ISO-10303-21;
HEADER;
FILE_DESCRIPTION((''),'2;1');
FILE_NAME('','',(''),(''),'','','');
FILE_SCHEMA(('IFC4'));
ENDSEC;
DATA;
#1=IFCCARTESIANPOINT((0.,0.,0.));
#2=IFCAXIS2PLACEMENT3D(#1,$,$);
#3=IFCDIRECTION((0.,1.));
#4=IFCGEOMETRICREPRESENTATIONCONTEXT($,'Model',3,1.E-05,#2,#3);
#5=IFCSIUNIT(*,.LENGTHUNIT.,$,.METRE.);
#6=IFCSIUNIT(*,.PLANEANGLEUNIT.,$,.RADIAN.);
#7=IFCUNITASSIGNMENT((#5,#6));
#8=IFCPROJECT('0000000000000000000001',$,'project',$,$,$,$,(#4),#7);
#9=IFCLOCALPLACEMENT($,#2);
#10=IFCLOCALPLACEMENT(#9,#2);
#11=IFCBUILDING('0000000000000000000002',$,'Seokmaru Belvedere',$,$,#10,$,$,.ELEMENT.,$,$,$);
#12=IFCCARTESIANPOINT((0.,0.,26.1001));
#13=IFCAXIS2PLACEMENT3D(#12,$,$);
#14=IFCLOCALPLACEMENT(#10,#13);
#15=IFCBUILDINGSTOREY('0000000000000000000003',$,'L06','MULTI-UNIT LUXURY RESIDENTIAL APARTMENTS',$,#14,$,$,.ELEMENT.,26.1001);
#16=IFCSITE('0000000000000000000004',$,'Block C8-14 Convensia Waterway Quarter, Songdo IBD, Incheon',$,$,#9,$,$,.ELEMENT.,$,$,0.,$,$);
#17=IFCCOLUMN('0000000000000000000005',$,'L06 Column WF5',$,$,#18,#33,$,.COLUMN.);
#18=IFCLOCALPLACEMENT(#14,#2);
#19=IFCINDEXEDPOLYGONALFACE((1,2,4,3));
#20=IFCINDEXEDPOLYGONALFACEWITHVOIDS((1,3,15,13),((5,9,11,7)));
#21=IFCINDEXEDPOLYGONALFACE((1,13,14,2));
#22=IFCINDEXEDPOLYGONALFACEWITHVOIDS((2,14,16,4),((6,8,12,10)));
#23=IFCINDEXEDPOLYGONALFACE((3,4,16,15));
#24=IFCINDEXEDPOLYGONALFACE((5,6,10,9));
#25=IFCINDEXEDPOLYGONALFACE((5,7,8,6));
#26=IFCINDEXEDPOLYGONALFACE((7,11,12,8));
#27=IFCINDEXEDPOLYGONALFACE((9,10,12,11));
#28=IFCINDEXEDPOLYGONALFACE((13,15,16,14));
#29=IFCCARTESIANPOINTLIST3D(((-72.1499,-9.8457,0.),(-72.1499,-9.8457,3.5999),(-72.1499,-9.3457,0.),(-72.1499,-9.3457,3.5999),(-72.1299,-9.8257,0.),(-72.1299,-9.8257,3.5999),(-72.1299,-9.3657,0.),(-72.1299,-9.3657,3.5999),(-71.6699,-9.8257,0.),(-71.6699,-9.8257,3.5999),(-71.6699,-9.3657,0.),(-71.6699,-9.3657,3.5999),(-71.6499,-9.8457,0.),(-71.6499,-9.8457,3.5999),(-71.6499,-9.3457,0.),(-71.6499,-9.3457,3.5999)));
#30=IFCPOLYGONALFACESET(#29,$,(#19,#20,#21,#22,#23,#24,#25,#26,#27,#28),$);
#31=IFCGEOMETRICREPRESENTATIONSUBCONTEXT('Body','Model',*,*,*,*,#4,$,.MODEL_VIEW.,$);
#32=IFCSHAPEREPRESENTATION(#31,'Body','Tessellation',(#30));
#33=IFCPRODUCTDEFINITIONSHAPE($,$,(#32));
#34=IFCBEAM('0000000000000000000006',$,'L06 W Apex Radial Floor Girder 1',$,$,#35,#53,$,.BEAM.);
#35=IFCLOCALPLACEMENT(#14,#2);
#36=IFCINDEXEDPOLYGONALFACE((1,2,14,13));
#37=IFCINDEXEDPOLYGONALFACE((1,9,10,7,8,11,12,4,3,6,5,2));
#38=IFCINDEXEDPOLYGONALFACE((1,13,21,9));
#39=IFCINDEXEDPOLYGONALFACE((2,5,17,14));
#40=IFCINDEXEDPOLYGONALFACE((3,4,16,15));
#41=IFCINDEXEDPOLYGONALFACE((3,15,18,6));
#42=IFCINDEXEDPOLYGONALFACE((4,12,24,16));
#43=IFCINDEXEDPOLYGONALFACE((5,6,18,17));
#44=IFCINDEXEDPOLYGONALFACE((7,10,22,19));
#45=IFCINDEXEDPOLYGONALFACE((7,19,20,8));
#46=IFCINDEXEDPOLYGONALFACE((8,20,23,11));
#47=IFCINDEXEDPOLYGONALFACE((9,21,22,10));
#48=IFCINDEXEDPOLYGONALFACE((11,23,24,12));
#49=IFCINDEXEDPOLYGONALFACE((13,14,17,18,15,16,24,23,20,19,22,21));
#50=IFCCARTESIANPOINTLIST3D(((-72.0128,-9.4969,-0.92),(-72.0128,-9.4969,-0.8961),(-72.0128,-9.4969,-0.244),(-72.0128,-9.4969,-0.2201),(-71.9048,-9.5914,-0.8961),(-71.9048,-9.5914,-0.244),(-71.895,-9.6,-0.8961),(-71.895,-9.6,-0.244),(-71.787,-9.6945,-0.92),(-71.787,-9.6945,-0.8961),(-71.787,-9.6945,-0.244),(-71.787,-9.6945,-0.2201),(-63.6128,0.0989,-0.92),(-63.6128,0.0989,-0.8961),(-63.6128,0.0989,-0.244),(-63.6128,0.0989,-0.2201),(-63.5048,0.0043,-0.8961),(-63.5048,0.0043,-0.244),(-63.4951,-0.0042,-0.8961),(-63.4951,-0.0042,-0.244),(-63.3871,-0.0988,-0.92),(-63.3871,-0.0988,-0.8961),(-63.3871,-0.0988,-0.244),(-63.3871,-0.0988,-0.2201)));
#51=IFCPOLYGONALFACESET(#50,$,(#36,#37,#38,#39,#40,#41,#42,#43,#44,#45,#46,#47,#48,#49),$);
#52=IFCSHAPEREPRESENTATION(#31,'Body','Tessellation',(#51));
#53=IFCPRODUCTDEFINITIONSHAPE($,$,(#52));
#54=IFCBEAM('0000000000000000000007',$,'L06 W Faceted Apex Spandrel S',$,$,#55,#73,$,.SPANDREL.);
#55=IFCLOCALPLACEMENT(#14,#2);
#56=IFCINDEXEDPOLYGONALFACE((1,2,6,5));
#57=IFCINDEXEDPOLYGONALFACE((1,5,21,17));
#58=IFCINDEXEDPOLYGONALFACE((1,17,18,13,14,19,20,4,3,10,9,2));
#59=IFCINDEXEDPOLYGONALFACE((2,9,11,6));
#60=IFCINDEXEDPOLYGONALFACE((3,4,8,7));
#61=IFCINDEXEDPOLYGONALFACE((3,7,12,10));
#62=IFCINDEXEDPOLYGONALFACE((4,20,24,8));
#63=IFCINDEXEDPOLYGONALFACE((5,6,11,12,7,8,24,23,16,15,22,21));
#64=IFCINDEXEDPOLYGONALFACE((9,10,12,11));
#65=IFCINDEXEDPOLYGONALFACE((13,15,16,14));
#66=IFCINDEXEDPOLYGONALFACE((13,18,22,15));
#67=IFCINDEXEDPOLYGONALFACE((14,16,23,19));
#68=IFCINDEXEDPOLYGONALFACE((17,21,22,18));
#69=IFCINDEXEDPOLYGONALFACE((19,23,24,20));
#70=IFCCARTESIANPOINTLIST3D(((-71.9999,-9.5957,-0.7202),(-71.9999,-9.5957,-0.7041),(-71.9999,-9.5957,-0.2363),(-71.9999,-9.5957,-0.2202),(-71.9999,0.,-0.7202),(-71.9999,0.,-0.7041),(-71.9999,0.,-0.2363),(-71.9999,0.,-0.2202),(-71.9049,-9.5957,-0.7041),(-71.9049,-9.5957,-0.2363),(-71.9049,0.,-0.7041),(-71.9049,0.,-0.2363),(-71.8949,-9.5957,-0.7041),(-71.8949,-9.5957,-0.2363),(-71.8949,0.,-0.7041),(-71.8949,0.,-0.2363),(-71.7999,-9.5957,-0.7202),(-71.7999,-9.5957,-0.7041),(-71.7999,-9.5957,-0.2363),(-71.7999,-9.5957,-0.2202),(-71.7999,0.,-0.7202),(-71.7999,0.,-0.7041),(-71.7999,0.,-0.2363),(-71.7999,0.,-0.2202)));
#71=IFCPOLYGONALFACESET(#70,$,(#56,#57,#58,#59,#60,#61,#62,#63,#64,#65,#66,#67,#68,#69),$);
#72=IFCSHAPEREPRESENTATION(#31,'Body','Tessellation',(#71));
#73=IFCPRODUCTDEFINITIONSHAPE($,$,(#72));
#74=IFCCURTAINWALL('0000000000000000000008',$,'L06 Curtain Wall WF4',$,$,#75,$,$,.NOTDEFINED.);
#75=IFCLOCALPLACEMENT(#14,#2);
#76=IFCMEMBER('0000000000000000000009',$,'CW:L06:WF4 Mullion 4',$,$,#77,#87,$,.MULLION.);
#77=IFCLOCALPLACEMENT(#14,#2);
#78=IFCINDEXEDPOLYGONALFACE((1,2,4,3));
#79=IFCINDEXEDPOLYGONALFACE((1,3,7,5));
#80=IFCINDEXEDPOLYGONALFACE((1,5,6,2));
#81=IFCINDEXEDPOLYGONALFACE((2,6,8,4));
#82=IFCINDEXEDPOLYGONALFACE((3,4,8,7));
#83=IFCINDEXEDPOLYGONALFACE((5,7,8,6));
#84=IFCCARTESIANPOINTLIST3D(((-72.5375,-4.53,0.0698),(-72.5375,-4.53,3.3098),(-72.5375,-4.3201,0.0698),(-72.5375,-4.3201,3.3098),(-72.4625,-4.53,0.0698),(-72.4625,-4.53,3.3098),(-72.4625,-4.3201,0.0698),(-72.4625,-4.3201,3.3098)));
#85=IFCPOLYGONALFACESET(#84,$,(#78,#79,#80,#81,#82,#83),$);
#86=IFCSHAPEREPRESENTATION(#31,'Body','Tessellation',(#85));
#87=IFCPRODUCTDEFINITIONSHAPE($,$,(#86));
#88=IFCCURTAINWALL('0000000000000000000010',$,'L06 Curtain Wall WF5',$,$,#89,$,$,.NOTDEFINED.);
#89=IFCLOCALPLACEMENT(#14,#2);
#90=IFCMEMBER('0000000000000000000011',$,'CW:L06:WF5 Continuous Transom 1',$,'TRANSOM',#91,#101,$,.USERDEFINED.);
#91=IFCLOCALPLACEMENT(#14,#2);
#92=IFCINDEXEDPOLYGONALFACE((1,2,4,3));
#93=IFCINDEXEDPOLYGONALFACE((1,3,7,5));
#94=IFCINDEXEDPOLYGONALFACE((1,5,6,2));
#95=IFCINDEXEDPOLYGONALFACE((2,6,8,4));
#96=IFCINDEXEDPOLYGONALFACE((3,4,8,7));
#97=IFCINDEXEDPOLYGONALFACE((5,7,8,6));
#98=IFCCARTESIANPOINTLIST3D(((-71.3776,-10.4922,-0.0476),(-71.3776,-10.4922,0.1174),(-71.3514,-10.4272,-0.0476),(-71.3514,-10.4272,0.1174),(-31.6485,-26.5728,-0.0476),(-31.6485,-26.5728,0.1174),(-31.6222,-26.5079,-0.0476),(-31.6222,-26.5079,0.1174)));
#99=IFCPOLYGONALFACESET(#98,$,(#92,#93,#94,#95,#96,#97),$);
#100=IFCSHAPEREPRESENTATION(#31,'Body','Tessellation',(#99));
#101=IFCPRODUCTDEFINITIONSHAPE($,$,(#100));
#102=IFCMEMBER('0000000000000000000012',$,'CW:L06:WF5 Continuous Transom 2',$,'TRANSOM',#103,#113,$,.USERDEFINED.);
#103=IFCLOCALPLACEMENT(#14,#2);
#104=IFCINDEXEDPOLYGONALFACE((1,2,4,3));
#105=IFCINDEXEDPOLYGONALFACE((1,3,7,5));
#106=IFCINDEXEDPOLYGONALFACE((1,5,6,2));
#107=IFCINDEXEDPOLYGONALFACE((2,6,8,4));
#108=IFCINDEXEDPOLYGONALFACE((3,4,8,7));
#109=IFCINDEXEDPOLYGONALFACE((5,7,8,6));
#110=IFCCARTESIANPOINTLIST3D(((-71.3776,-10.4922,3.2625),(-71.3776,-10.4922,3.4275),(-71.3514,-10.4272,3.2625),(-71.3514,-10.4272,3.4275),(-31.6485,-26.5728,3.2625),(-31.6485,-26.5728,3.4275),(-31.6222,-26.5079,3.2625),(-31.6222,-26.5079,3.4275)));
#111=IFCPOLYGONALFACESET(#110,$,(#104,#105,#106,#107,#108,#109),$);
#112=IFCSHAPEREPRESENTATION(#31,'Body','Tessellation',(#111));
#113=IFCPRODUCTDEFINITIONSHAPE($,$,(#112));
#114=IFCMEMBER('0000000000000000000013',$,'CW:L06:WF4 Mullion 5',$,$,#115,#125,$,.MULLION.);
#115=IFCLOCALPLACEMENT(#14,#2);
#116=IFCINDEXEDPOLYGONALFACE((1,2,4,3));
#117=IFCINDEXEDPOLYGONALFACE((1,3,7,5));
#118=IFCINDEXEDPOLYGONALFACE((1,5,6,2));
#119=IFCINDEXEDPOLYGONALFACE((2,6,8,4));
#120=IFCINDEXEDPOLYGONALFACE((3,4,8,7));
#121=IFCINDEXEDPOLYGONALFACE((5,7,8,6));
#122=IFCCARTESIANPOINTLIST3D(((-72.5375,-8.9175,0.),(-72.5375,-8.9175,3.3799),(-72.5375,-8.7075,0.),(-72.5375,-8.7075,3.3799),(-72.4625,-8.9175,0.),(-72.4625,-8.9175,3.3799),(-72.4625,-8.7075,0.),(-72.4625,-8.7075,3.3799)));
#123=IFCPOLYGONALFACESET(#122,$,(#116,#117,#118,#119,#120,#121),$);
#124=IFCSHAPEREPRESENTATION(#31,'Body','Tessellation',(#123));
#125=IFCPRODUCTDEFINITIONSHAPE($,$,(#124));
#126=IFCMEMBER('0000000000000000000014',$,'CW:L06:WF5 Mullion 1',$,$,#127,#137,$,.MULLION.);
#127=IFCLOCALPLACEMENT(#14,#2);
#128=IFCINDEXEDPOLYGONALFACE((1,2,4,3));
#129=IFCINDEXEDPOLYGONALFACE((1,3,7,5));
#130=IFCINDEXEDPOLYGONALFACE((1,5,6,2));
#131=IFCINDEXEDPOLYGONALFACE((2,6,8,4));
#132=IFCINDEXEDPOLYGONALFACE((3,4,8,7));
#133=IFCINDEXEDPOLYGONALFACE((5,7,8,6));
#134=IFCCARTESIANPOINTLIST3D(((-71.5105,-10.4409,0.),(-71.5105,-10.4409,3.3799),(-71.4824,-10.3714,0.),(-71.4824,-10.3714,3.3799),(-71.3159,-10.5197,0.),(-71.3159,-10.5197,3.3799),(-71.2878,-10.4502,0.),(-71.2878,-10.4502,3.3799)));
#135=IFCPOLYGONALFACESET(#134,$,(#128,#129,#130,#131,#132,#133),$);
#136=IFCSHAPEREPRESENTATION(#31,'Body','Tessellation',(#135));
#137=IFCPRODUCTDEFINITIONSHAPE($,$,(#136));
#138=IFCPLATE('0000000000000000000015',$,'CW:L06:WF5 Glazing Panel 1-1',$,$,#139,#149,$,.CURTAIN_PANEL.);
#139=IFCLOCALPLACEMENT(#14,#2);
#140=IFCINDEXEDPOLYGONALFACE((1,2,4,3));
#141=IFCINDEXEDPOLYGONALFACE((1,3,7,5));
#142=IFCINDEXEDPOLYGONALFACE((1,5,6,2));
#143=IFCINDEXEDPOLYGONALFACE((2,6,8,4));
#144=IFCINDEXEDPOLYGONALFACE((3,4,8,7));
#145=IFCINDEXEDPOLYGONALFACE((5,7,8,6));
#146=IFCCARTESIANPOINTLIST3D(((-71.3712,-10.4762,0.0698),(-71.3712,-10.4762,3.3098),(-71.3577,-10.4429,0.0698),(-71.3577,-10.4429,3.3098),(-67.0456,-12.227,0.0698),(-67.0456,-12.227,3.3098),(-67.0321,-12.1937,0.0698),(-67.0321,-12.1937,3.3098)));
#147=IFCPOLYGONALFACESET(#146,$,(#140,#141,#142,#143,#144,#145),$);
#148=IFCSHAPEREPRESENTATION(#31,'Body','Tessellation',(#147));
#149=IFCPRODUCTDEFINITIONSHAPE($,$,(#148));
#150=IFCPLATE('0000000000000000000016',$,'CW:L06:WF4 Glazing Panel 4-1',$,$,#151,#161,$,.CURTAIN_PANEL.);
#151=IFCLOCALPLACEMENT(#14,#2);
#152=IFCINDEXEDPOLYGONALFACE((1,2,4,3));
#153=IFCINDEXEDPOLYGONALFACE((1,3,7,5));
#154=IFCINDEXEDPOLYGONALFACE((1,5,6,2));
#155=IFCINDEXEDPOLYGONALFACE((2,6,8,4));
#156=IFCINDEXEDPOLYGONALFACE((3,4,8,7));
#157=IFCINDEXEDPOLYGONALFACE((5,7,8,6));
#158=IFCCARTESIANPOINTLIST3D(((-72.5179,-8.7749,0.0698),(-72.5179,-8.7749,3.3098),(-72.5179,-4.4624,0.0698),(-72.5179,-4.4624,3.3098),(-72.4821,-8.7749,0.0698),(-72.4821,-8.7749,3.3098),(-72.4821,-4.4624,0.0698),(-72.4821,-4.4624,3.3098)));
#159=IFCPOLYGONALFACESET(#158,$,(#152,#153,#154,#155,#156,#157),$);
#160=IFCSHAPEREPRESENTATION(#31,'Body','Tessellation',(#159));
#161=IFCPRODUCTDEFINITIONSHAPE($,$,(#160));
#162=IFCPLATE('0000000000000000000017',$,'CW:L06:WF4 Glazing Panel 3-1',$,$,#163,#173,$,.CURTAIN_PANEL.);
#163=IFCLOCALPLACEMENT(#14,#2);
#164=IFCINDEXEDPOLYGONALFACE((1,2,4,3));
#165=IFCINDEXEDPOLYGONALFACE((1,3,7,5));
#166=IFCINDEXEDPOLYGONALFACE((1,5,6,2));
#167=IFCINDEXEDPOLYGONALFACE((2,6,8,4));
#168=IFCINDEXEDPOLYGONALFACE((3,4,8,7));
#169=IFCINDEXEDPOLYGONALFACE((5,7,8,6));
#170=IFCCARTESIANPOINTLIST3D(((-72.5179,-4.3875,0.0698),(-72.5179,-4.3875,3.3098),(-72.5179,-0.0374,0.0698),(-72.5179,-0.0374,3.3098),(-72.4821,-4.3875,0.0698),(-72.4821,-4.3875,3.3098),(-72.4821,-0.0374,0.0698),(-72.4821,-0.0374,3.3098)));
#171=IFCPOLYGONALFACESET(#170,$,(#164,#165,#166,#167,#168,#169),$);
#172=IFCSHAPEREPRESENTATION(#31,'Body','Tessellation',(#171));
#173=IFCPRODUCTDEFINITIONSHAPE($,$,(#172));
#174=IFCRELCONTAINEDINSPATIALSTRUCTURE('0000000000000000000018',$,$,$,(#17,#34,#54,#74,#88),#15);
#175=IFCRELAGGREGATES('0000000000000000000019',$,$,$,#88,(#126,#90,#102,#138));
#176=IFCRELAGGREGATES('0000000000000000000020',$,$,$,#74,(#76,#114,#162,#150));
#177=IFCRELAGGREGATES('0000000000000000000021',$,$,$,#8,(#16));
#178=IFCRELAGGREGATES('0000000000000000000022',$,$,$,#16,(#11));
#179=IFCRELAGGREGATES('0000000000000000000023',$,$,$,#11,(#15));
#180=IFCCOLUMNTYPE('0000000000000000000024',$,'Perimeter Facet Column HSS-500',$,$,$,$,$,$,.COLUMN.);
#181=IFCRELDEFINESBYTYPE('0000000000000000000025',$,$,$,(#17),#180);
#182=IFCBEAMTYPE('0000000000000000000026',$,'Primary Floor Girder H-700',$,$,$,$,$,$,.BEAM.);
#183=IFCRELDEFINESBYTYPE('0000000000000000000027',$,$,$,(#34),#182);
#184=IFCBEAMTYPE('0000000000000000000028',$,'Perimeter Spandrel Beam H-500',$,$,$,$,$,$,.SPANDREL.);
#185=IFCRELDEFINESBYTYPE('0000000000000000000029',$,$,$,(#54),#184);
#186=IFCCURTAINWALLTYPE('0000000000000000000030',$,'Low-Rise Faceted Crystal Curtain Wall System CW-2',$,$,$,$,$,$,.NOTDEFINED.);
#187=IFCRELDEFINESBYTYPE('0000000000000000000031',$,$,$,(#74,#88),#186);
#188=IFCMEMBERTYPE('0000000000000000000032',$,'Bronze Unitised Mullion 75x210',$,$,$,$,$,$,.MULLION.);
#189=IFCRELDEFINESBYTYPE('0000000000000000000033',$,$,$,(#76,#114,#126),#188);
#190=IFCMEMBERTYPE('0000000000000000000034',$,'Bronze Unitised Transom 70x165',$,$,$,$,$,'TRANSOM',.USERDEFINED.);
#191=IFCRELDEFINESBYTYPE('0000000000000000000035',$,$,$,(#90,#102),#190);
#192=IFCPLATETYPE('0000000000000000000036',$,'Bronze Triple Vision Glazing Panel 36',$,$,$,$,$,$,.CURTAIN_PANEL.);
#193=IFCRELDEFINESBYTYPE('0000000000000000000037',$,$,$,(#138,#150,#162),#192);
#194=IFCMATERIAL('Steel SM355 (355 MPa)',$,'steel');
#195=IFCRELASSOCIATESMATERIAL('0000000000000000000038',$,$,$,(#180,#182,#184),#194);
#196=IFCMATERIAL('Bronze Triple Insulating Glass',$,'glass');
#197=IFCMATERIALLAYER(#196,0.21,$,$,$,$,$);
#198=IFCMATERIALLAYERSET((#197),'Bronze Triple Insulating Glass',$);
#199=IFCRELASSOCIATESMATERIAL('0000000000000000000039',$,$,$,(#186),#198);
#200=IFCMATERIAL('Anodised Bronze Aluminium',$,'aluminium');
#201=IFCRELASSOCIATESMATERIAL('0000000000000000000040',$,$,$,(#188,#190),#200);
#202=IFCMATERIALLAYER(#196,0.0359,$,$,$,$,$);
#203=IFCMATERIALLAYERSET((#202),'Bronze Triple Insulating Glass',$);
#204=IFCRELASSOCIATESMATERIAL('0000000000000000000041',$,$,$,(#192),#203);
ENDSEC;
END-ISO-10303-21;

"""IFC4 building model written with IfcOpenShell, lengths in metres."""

from ifc_helpers import new_model, si_unit, direction, frame, origin, origin_2d, place, context, subcontext, project, spatial, rectangle, hollow_rectangle, i_section, extrude, source, transform, mapped, material, layer, layer_set, material_profile, profile_set, type_object, type_shapes, element, aggregate, save


model = new_model("IFC4")

# Units and contexts
model_context = context("Model", 3, precision=1e-05, world=origin(), true_north=direction((0.0, 1.0)))
body_context = subcontext(model_context, "Body", "Model", "MODEL_VIEW")
ifc_project = project(units=[si_unit("LENGTHUNIT", "METRE"), si_unit("PLANEANGLEUNIT", "RADIAN")], contexts=[model_context])

# Site, building, storey
site_placement = place(None, origin())
site = spatial("IfcSite", under=ifc_project, at=site_placement, Name="Block C8-14 Convensia Waterway Quarter, Songdo IBD, Incheon", CompositionType="ELEMENT", RefElevation=0.0)
building_placement = place(site_placement, origin())
building = spatial("IfcBuilding", under=site, at=building_placement, Name="Seokmaru Belvedere", CompositionType="ELEMENT")
storey_placement = place(building_placement, frame((0.0, 0.0, 26.1001)))
storey = spatial("IfcBuildingStorey", under=building, at=storey_placement, Name="L06", Description="MULTI-UNIT LUXURY RESIDENTIAL APARTMENTS", CompositionType="ELEMENT", Elevation=26.1001)

# Column
ifc_material_1 = material(Name="Steel SM355 (355 MPa)", Category="steel")
ifc_material_profile_1 = material_profile(ifc_material_1, hollow_rectangle(XDim=0.5, YDim=0.5, WallThickness=0.02, at=origin_2d()), Name="HSS-500x500x20")
ifc_profile_set_1 = profile_set([ifc_material_profile_1], Name="Steel SM355 (355 MPa)")
column_type = type_object("IfcColumnType", Name="Perimeter Facet Column HSS-500", PredefinedType="COLUMN", material=ifc_profile_set_1)
shared_shape_1 = source(origin(), body_context, "Body", "SweptSolid", [
    extrude(hollow_rectangle(XDim=0.5, YDim=0.5, WallThickness=0.02, at=origin_2d()), origin(), (0.0, 0.0, 1.0), 3.5999),
])
type_shapes(column_type, [shared_shape_1])
column_placement = place(storey_placement, frame((-71.8999, -9.5957, 0.0), z_axis=(0.0, 0.0, 1.0), x_axis=(1.0, 0.0, 0.0)))
element("IfcColumn", 1, at=column_placement, inside=storey, type_object=column_type, Name="L06 Column WF5", PredefinedType="COLUMN", context=body_context, shape_type="MappedRepresentation", body=[
    mapped(shared_shape_1, transform((0.0, 0.0, 0.0), scale=1.0)),
])

# Beams
ifc_material_profile_2 = material_profile(ifc_material_1, i_section(OverallWidth=0.3, OverallDepth=0.7, WebThickness=0.0129, FlangeThickness=0.0239, at=origin_2d()), Name="H-700x300x13x24")
ifc_profile_set_2 = profile_set([ifc_material_profile_2], Name="Steel SM355 (355 MPa)")
beam_type_1 = type_object("IfcBeamType", Name="Primary Floor Girder H-700", PredefinedType="BEAM", material=ifc_profile_set_2)
shared_shape_2 = source(origin(), body_context, "Body", "SweptSolid", [
    extrude(i_section(OverallWidth=0.3, OverallDepth=0.7, WebThickness=0.0129, FlangeThickness=0.0239, at=origin_2d()), origin(), (0.0, 0.0, 1.0), 12.7529),
])
type_shapes(beam_type_1, [shared_shape_2])
beam_1_placement = place(storey_placement, frame((-71.8999, -9.5957, -0.5701), z_axis=(0.658667, 0.752434, 0.0), x_axis=(-0.752434, 0.658667, 0.0)))
element("IfcBeam", 2, at=beam_1_placement, inside=storey, type_object=beam_type_1, Name="L06 W Apex Radial Floor Girder 1", PredefinedType="BEAM", context=body_context, shape_type="MappedRepresentation", body=[
    mapped(shared_shape_2, transform((0.0, 0.0, 0.0), scale=1.0)),
])
ifc_material_profile_3 = material_profile(ifc_material_1, i_section(OverallWidth=0.2, OverallDepth=0.5, WebThickness=0.01, FlangeThickness=0.0161, at=origin_2d()), Name="H-500x200x10x16")
ifc_profile_set_3 = profile_set([ifc_material_profile_3], Name="Steel SM355 (355 MPa)")
beam_type_2 = type_object("IfcBeamType", Name="Perimeter Spandrel Beam H-500", PredefinedType="SPANDREL", material=ifc_profile_set_3)
shared_shape_3 = source(origin(), body_context, "Body", "SweptSolid", [
    extrude(i_section(OverallWidth=0.2, OverallDepth=0.5, WebThickness=0.01, FlangeThickness=0.0161, at=origin_2d()), origin(), (0.0, 0.0, 1.0), 9.5957),
])
type_shapes(beam_type_2, [shared_shape_3])
beam_2_placement = place(storey_placement, frame((-71.8999, -9.5957, -0.4702), z_axis=(0.0, 1.0, 0.0), x_axis=(-1.0, 0.0, 0.0)))
element("IfcBeam", 3, at=beam_2_placement, inside=storey, type_object=beam_type_2, Name="L06 W Faceted Apex Spandrel S", PredefinedType="SPANDREL", context=body_context, shape_type="MappedRepresentation", body=[
    mapped(shared_shape_3, transform((0.0, 0.0, 0.0), scale=1.0)),
])

# Curtain wall, member
ifc_material_2 = material(Name="Bronze Triple Insulating Glass", Category="glass")
ifc_layer_1 = layer(ifc_material_2, 0.21)
ifc_layer_set_1 = layer_set([ifc_layer_1], Name="Bronze Triple Insulating Glass")
curtain_wall_type = type_object("IfcCurtainWallType", Name="Low-Rise Faceted Crystal Curtain Wall System CW-2", PredefinedType="NOTDEFINED", material=ifc_layer_set_1)
curtain_wall_1_placement = place(storey_placement, origin())
curtain_wall_1 = element("IfcCurtainWall", 4, at=curtain_wall_1_placement, inside=storey, type_object=curtain_wall_type, Name="L06 Curtain Wall WF4", PredefinedType="NOTDEFINED")
ifc_material_3 = material(Name="Anodised Bronze Aluminium", Category="aluminium")
ifc_material_profile_4 = material_profile(ifc_material_3, rectangle(XDim=0.075, YDim=0.21, at=origin_2d()), Name="CW-M-75x210")
ifc_profile_set_4 = profile_set([ifc_material_profile_4], Name="Anodised Bronze Aluminium")
member_type_1 = type_object("IfcMemberType", Name="Bronze Unitised Mullion 75x210", PredefinedType="MULLION", material=ifc_profile_set_4)
shared_shape_4 = source(origin(), body_context, "Body", "SweptSolid", [
    extrude(rectangle(XDim=0.075, YDim=0.21, at=origin_2d()), origin(), (0.0, 0.0, 1.0), 3.24),
])
member_1_placement = place(storey_placement, frame((-72.5, -4.425, 0.0698), z_axis=(0.0, 0.0, 1.0), x_axis=(1.0, 0.0, 0.0)))
member_1 = element("IfcMember", 5, at=member_1_placement, type_object=member_type_1, Name="CW:L06:WF4 Mullion 4", PredefinedType="MULLION", context=body_context, shape_type="MappedRepresentation", body=[
    mapped(shared_shape_4, transform((0.0, 0.0, 0.0), scale=1.0)),
])

# Curtain wall, members
curtain_wall_2_placement = place(storey_placement, origin())
curtain_wall_2 = element("IfcCurtainWall", 6, at=curtain_wall_2_placement, inside=storey, type_object=curtain_wall_type, Name="L06 Curtain Wall WF5", PredefinedType="NOTDEFINED")
ifc_material_profile_5 = material_profile(ifc_material_3, rectangle(XDim=0.0701, YDim=0.165, at=origin_2d()), Name="CW-T-70x165")
ifc_profile_set_5 = profile_set([ifc_material_profile_5], Name="Anodised Bronze Aluminium")
member_type_2 = type_object("IfcMemberType", Name="Bronze Unitised Transom 70x165", ElementType="TRANSOM", PredefinedType="USERDEFINED", material=ifc_profile_set_5)
shared_shape_5 = source(origin(), body_context, "Body", "SweptSolid", [
    extrude(rectangle(XDim=0.0701, YDim=0.165, at=origin_2d()), origin(), (0.0, 0.0, 1.0), 42.8601),
])
type_shapes(member_type_2, [shared_shape_5])
member_2_placement = place(storey_placement, frame((-71.3645, -10.4597, 0.0349), z_axis=(0.926949, -0.375188, 0.0), x_axis=(0.375188, 0.926949, 0.0)))
member_2 = element("IfcMember", 7, at=member_2_placement, type_object=member_type_2, Name="CW:L06:WF5 Continuous Transom 1", ObjectType="TRANSOM", PredefinedType="USERDEFINED", context=body_context, shape_type="MappedRepresentation", body=[
    mapped(shared_shape_5, transform((0.0, 0.0, 0.0), scale=1.0)),
])
member_3_placement = place(storey_placement, frame((-71.3645, -10.4597, 3.345), z_axis=(0.926949, -0.375188, 0.0), x_axis=(0.375188, 0.926949, 0.0)))
member_3 = element("IfcMember", 8, at=member_3_placement, type_object=member_type_2, Name="CW:L06:WF5 Continuous Transom 2", ObjectType="TRANSOM", PredefinedType="USERDEFINED", context=body_context, shape_type="MappedRepresentation", body=[
    mapped(shared_shape_5, transform((0.0, 0.0, 0.0), scale=1.0)),
])

# Members
shared_shape_6 = source(origin(), body_context, "Body", "SweptSolid", [
    extrude(rectangle(XDim=0.075, YDim=0.21, at=origin_2d()), origin(), (0.0, 0.0, 1.0), 3.3799),
])
type_shapes(member_type_1, [shared_shape_4, shared_shape_6])
member_4_placement = place(storey_placement, frame((-72.5, -8.8125, 0.0), z_axis=(0.0, 0.0, 1.0), x_axis=(1.0, 0.0, 0.0)))
member_4 = element("IfcMember", 9, at=member_4_placement, type_object=member_type_1, Name="CW:L06:WF4 Mullion 5", PredefinedType="MULLION", context=body_context, shape_type="MappedRepresentation", body=[
    mapped(shared_shape_6, transform((0.0, 0.0, 0.0), scale=1.0)),
])
member_5_placement = place(storey_placement, frame((-71.3992, -10.4456, 0.0), z_axis=(0.0, 0.0, 1.0), x_axis=(0.375192, 0.926947, 0.0)))
member_5 = element("IfcMember", 10, at=member_5_placement, type_object=member_type_1, Name="CW:L06:WF5 Mullion 1", PredefinedType="MULLION", context=body_context, shape_type="MappedRepresentation", body=[
    mapped(shared_shape_6, transform((0.0, 0.0, 0.0), scale=1.0)),
])

# Plates
ifc_layer_2 = layer(ifc_material_2, 0.0359)
ifc_layer_set_2 = layer_set([ifc_layer_2], Name="Bronze Triple Insulating Glass")
plate_type = type_object("IfcPlateType", Name="Bronze Triple Vision Glazing Panel 36", PredefinedType="CURTAIN_PANEL", material=ifc_layer_set_2)
shared_shape_7 = source(origin(), body_context, "Body", "SweptSolid", [
    extrude(rectangle(XDim=4.6665, YDim=0.0359, at=origin_2d()), origin(), (0.0, 0.0, 1.0), 3.24),
])
plate_1_placement = place(storey_placement, frame((-69.2017, -11.335, 0.0698), z_axis=(0.0, 0.0, 1.0), x_axis=(0.926947, -0.375192, 0.0)))
plate_1 = element("IfcPlate", 11, at=plate_1_placement, type_object=plate_type, Name="CW:L06:WF5 Glazing Panel 1-1", PredefinedType="CURTAIN_PANEL", context=body_context, shape_type="MappedRepresentation", body=[
    mapped(shared_shape_7, transform((0.0, 0.0, 0.0), scale=1.0)),
])
aggregate(curtain_wall_2, [member_5, member_2, member_3, plate_1])
shared_shape_8 = source(origin(), body_context, "Body", "SweptSolid", [
    extrude(rectangle(XDim=4.3125, YDim=0.0359, at=origin_2d()), origin(), (0.0, 0.0, 1.0), 3.24),
])
plate_2_placement = place(storey_placement, frame((-72.5, -6.6187, 0.0698), z_axis=(0.0, 0.0, 1.0), x_axis=(0.0, -1.0, 0.0)))
plate_2 = element("IfcPlate", 12, at=plate_2_placement, type_object=plate_type, Name="CW:L06:WF4 Glazing Panel 4-1", PredefinedType="CURTAIN_PANEL", context=body_context, shape_type="MappedRepresentation", body=[
    mapped(shared_shape_8, transform((0.0, 0.0, 0.0), scale=1.0)),
])
shared_shape_9 = source(origin(), body_context, "Body", "SweptSolid", [
    extrude(rectangle(XDim=4.3501, YDim=0.0359, at=origin_2d()), origin(), (0.0, 0.0, 1.0), 3.24),
])
type_shapes(plate_type, [shared_shape_7, shared_shape_8, shared_shape_9])
plate_3_placement = place(storey_placement, frame((-72.5, -2.2124, 0.0698), z_axis=(0.0, 0.0, 1.0), x_axis=(0.0, -1.0, 0.0)))
plate_3 = element("IfcPlate", 13, at=plate_3_placement, type_object=plate_type, Name="CW:L06:WF4 Glazing Panel 3-1", PredefinedType="CURTAIN_PANEL", context=body_context, shape_type="MappedRepresentation", body=[
    mapped(shared_shape_9, transform((0.0, 0.0, 0.0), scale=1.0)),
])
aggregate(curtain_wall_1, [member_1, member_4, plate_3, plate_2])

save(model, "model.ifc")
